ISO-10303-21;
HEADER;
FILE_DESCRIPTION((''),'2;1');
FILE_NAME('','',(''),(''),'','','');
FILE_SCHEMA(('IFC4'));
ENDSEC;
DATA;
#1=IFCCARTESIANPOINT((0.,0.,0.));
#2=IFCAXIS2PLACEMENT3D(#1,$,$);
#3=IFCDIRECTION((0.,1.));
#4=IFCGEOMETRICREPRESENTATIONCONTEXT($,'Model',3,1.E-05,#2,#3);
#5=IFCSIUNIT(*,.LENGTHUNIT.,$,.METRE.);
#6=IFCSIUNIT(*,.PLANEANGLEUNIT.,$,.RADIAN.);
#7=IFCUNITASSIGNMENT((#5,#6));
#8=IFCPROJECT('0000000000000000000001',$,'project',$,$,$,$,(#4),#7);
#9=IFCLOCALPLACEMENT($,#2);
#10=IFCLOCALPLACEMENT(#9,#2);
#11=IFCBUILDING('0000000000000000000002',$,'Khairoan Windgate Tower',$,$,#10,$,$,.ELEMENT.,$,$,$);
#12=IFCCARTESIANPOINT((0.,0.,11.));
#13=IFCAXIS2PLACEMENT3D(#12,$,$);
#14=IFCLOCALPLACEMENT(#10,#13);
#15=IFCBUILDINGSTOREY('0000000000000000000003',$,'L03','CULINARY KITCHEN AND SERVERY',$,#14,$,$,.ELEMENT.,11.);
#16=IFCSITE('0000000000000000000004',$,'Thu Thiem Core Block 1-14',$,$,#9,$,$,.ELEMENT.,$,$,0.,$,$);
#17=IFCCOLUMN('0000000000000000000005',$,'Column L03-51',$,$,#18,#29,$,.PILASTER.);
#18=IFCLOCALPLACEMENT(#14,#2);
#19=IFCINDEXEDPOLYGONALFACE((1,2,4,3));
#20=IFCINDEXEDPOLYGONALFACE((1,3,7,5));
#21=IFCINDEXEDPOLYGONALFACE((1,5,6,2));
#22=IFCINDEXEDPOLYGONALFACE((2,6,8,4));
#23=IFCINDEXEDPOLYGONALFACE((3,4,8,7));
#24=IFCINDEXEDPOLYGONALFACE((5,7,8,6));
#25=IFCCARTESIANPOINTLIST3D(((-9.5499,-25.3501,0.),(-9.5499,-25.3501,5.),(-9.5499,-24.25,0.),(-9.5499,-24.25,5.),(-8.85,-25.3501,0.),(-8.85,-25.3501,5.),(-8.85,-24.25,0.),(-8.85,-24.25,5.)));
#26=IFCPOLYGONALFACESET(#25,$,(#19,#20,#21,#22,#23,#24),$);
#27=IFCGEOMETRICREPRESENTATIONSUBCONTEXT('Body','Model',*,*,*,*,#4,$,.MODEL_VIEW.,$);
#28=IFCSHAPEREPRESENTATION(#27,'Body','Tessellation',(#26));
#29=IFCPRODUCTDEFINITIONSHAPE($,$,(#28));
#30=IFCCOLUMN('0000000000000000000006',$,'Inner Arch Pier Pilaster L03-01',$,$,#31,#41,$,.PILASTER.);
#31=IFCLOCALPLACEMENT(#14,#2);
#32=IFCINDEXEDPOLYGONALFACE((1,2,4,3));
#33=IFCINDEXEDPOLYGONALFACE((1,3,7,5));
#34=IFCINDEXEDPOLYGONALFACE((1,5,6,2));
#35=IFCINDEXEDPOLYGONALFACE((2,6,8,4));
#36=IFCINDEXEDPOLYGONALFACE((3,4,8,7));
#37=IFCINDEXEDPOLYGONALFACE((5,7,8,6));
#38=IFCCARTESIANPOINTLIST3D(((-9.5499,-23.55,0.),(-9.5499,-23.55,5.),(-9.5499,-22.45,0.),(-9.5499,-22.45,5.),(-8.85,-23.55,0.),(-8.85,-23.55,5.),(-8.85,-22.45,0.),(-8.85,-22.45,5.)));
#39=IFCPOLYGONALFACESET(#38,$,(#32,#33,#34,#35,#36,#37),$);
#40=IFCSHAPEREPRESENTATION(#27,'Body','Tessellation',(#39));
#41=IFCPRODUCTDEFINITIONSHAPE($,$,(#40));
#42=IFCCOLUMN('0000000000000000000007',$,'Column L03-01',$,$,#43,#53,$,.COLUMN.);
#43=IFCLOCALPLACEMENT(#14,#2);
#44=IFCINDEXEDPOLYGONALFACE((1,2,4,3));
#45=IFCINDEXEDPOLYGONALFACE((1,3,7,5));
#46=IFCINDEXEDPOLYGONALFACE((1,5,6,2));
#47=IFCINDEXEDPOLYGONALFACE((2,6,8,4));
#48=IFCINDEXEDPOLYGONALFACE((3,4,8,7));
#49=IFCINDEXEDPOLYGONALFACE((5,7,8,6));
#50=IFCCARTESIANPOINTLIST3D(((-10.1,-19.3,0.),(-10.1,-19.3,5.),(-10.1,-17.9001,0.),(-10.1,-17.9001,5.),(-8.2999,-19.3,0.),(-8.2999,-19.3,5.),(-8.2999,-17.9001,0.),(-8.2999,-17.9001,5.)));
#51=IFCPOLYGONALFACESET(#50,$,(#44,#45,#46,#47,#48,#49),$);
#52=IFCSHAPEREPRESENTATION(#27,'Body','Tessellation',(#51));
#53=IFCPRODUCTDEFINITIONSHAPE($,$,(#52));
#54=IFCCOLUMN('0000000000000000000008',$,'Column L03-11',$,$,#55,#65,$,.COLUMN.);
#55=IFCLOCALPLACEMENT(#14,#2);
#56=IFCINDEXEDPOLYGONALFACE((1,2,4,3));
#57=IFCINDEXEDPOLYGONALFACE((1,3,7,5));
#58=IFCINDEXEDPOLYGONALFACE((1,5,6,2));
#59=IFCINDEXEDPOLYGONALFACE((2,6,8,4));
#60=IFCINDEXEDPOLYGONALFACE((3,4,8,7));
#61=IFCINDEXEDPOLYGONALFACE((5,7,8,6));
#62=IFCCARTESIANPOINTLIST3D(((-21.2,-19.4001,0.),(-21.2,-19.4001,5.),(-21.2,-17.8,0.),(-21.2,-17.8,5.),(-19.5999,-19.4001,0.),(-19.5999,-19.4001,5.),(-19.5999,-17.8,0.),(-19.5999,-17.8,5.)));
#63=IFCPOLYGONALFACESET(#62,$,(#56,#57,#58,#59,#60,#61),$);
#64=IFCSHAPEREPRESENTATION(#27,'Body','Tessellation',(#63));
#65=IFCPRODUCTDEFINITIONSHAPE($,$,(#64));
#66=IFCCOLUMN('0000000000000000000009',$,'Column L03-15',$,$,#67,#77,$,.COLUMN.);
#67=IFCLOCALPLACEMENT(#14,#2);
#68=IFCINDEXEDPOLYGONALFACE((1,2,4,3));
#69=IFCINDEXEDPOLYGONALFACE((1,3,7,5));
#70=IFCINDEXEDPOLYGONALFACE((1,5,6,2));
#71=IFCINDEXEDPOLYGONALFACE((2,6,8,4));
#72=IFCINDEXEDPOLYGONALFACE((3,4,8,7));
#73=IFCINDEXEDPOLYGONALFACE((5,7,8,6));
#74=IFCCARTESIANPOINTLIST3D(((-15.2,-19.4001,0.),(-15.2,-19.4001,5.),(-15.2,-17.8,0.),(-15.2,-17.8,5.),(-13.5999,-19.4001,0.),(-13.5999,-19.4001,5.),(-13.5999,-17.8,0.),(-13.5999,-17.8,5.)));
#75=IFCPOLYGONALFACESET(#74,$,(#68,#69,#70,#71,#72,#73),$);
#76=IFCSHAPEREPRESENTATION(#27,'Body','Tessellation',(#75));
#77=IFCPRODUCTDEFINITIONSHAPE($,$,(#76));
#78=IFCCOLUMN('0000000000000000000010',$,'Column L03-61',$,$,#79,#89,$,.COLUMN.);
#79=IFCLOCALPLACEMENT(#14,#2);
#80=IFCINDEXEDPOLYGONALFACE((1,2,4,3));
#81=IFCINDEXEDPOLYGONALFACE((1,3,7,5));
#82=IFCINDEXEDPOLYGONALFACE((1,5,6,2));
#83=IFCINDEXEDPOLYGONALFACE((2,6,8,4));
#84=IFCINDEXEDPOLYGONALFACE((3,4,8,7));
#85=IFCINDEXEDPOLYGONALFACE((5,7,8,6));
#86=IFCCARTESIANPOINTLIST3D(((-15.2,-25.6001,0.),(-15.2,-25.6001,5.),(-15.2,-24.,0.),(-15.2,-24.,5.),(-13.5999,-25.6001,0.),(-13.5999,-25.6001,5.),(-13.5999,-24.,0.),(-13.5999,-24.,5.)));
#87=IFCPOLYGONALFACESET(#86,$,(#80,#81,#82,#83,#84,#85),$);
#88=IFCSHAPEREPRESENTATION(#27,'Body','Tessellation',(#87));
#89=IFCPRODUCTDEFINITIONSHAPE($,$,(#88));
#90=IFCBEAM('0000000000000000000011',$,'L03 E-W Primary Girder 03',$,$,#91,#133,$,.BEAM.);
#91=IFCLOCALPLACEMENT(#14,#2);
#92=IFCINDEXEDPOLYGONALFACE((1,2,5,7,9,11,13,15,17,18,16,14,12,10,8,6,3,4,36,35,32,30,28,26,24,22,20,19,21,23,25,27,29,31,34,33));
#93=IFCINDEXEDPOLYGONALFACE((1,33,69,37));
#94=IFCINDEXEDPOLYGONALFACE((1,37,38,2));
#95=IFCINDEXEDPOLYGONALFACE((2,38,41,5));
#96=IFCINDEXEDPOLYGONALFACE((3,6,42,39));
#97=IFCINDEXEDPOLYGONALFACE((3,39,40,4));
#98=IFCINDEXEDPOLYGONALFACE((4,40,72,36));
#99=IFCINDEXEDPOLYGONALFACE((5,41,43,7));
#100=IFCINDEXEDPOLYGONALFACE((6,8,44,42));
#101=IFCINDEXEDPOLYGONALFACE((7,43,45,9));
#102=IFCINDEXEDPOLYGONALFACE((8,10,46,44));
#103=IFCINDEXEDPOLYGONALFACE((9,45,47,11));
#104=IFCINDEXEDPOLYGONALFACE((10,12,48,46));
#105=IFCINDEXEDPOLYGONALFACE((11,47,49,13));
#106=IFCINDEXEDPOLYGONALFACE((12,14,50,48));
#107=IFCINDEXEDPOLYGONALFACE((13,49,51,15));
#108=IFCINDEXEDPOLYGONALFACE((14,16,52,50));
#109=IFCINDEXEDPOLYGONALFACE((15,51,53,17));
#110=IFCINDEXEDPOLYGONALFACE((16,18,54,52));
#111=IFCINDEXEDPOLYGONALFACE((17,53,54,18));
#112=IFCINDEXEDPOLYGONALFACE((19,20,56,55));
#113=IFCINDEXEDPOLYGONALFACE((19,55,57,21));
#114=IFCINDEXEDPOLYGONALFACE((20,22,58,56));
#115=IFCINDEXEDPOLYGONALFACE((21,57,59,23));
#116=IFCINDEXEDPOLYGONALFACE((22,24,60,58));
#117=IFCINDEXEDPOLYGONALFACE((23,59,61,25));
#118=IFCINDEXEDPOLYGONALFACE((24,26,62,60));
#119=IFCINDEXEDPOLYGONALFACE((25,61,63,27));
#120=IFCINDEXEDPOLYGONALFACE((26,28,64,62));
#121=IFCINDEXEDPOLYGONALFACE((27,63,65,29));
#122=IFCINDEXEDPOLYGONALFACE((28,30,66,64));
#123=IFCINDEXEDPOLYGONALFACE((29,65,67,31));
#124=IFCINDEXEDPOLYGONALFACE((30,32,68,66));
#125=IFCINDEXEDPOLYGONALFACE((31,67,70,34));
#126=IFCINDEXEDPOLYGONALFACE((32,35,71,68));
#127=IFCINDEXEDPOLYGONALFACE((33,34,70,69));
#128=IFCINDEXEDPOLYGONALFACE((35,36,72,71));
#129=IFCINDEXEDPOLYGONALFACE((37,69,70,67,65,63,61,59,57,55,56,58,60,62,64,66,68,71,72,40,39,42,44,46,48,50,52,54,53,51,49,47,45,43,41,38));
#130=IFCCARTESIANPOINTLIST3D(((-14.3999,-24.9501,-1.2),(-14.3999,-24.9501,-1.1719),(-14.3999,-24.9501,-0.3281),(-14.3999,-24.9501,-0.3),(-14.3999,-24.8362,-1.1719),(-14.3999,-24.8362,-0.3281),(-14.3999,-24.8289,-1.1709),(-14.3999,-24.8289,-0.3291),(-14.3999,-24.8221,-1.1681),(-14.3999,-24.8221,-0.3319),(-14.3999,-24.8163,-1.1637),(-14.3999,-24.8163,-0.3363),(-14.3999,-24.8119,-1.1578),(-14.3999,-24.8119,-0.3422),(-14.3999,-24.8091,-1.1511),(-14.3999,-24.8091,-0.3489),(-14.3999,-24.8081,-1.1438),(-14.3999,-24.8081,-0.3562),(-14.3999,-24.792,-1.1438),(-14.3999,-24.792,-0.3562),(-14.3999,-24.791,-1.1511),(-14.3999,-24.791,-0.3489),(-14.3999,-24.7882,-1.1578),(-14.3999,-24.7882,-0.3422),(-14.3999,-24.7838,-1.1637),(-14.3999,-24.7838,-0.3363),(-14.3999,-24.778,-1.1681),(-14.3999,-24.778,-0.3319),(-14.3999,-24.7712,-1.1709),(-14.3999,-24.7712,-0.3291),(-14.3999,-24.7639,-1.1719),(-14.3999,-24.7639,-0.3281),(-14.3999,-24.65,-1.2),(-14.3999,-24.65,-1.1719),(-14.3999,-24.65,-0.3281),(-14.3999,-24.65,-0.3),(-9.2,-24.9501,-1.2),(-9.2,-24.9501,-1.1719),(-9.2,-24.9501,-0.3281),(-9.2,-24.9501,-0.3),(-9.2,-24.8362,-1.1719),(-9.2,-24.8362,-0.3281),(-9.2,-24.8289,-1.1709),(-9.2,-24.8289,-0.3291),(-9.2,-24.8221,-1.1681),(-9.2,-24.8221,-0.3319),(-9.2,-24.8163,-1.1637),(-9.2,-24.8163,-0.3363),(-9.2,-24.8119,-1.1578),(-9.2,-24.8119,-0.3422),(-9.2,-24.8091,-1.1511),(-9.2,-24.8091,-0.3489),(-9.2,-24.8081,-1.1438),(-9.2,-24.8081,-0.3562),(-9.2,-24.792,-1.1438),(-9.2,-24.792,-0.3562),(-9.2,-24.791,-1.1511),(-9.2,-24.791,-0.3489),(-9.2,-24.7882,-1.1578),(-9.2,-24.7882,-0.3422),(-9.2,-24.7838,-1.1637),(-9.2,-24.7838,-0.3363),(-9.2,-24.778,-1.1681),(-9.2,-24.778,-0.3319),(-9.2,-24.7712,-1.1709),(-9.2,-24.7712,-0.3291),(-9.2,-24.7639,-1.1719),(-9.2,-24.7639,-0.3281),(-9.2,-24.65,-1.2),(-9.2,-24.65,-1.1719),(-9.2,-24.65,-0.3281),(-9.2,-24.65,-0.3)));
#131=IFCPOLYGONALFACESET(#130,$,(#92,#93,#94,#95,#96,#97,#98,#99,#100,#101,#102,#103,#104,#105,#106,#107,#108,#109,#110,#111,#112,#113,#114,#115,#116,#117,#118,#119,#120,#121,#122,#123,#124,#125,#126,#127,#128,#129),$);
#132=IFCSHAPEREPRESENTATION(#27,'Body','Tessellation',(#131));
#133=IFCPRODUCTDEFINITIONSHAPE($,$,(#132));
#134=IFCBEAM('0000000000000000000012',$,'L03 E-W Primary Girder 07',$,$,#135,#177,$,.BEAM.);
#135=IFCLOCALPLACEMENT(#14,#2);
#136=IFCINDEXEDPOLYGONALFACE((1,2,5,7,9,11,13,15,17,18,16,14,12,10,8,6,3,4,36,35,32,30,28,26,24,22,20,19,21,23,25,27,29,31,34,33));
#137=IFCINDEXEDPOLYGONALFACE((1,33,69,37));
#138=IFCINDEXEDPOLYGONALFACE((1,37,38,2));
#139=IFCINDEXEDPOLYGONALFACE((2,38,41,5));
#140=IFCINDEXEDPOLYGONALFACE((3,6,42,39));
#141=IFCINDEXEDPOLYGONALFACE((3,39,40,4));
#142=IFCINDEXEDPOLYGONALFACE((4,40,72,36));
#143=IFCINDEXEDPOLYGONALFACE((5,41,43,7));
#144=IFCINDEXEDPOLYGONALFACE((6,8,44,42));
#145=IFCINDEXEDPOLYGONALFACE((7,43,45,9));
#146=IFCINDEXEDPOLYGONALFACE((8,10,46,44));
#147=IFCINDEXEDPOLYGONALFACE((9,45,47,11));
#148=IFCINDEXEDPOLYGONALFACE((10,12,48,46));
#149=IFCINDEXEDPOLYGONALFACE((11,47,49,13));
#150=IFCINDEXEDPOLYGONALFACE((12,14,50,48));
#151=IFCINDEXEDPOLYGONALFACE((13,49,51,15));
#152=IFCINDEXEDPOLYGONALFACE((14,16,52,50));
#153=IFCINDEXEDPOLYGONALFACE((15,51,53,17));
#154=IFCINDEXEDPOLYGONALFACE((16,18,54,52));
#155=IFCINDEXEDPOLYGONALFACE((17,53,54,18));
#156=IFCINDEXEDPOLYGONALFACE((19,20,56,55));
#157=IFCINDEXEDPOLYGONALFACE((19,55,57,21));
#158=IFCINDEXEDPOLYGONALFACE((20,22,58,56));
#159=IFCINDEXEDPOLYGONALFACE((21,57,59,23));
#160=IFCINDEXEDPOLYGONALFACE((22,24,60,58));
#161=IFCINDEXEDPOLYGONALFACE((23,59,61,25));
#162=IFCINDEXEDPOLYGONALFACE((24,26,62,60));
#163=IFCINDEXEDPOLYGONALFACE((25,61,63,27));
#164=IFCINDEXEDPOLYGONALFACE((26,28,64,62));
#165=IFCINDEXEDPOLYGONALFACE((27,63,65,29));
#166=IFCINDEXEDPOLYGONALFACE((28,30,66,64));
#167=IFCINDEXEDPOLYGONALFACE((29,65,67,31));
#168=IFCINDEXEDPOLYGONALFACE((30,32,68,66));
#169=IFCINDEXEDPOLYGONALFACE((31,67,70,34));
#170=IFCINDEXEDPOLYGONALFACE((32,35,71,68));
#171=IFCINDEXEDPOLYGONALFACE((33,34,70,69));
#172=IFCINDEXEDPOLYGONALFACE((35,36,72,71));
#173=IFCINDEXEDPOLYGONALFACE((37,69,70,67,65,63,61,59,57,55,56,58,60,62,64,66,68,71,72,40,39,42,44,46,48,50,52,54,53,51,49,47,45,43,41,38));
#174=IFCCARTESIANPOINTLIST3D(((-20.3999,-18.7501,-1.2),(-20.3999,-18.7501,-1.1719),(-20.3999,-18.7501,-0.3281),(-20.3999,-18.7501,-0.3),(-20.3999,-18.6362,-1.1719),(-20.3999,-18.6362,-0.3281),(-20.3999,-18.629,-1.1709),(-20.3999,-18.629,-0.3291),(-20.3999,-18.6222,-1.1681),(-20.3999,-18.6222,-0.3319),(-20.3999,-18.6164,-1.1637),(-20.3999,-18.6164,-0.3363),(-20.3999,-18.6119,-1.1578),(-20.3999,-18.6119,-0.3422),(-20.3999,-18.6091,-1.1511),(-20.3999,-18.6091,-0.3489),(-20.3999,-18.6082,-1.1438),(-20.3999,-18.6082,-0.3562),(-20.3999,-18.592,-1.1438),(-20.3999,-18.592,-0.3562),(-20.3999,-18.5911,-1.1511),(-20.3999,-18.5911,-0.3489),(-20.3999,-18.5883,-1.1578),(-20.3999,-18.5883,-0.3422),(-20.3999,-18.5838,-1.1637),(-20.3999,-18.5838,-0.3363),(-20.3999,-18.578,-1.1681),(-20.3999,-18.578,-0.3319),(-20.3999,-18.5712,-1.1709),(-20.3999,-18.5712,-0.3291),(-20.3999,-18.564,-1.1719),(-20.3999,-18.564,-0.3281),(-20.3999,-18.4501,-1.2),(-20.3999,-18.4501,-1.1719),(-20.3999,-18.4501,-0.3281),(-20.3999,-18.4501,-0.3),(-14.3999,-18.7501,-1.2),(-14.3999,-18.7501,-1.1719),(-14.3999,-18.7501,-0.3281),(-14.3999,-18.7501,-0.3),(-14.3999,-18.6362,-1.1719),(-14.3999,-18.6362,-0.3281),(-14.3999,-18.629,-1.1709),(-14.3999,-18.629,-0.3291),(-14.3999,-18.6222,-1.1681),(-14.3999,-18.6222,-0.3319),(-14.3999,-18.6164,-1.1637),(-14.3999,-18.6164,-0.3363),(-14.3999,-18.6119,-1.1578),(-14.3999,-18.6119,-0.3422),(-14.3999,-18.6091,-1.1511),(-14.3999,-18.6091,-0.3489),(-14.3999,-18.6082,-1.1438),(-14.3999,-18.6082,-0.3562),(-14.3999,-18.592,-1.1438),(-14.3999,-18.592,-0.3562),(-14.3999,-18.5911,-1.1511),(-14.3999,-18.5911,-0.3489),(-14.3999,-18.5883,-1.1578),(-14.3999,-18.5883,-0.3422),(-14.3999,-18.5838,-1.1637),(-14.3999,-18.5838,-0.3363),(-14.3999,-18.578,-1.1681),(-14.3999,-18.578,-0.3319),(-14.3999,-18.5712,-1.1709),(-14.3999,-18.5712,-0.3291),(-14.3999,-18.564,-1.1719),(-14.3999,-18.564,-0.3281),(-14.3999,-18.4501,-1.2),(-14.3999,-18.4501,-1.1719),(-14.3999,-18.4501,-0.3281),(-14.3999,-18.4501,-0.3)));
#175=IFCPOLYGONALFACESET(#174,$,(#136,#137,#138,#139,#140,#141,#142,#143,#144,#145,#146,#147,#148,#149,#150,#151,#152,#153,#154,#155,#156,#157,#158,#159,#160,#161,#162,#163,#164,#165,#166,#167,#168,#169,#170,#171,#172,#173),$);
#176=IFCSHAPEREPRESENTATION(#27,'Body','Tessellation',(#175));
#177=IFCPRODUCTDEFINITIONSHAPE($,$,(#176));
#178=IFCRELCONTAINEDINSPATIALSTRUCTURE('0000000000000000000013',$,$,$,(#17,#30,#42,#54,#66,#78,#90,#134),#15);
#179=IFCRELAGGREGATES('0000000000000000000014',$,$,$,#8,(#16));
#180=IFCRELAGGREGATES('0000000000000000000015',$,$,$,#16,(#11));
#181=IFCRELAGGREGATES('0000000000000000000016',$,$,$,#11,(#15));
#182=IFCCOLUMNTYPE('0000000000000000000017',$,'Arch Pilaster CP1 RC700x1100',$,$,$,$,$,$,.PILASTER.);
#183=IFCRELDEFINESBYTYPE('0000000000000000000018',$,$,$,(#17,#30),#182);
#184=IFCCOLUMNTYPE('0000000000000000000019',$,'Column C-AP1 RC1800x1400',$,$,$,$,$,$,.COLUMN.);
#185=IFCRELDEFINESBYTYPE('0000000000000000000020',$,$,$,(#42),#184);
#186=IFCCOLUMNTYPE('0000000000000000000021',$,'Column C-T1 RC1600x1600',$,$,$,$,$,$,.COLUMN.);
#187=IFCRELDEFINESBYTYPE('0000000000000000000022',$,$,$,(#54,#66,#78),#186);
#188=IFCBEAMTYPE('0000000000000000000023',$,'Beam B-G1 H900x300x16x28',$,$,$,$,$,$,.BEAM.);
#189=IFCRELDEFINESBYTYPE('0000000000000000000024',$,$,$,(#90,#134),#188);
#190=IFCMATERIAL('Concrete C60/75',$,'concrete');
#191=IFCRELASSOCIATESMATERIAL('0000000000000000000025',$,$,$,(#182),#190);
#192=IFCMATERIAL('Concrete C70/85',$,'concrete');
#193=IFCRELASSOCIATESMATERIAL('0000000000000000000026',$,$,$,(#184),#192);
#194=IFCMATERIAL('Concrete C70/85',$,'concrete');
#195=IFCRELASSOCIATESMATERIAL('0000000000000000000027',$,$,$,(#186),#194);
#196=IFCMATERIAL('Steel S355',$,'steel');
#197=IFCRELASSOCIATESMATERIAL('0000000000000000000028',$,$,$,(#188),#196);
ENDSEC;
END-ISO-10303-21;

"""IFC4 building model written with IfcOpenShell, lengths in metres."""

from ifc_helpers import new_model, si_unit, direction, frame, origin, origin_2d, place, context, subcontext, project, spatial, rectangle, i_section, extrude, material, material_profile, profile_set, type_object, element, save


model = new_model("IFC4")

# Units and contexts
model_context = context("Model", 3, precision=1e-05, world=origin(), true_north=direction((0.0, 1.0)))
body_context = subcontext(model_context, "Body", "Model", "MODEL_VIEW")
ifc_project = project(units=[si_unit("LENGTHUNIT", "METRE"), si_unit("PLANEANGLEUNIT", "RADIAN")], contexts=[model_context])

# Site, building, storey
site_placement = place(None, origin())
site = spatial("IfcSite", under=ifc_project, at=site_placement, Name="Thu Thiem Core Block 1-14", CompositionType="ELEMENT", RefElevation=0.0)
building_placement = place(site_placement, origin())
building = spatial("IfcBuilding", under=site, at=building_placement, Name="Khairoan Windgate Tower", CompositionType="ELEMENT")
storey_placement = place(building_placement, frame((0.0, 0.0, 11.0)))
storey = spatial("IfcBuildingStorey", under=building, at=storey_placement, Name="L03", Description="CULINARY KITCHEN AND SERVERY", CompositionType="ELEMENT", Elevation=11.0)

# Columns
ifc_material_1 = material(Name="Concrete C60/75", Category="concrete")
ifc_material_profile_1 = material_profile(ifc_material_1, rectangle(XDim=0.7, YDim=1.1001, at=origin_2d()))
ifc_profile_set_1 = profile_set([ifc_material_profile_1], Name="Concrete C60/75")
column_type_1 = type_object("IfcColumnType", Name="Arch Pilaster CP1 RC700x1100", PredefinedType="PILASTER", material=ifc_profile_set_1)
for number, where, z_axis, x_axis, name in (
    (1, (-9.2, -24.8, 0.0), (0.0, 0.0, 1.0), (1.0, 0.0, 0.0), "Column L03-51"),
    (2, (-9.2, -23.0, 0.0), (0.0, 0.0, 1.0), (1.0, 0.0, 0.0), "Inner Arch Pier Pilaster L03-01"),
):
    element("IfcColumn", number, at=place(storey_placement, frame(where, z_axis=z_axis, x_axis=x_axis)), inside=storey, type_object=column_type_1, Name=name, PredefinedType="PILASTER", context=body_context, shape_type="SweptSolid", body=[
        extrude(rectangle(XDim=0.7, YDim=1.1001, at=origin_2d()), origin(), (0.0, 0.0, 1.0), 5.0),
    ])
ifc_material_2 = material(Name="Concrete C70/85", Category="concrete")
ifc_material_profile_2 = material_profile(ifc_material_2, rectangle(XDim=1.8, YDim=1.3999, at=origin_2d()))
ifc_profile_set_2 = profile_set([ifc_material_profile_2], Name="Concrete C70/85")
column_type_2 = type_object("IfcColumnType", Name="Column C-AP1 RC1800x1400", PredefinedType="COLUMN", material=ifc_profile_set_2)
column_placement = place(storey_placement, frame((-9.2, -18.6001, 0.0), z_axis=(0.0, 0.0, 1.0), x_axis=(1.0, 0.0, 0.0)))
element("IfcColumn", 3, at=column_placement, inside=storey, type_object=column_type_2, Name="Column L03-01", PredefinedType="COLUMN", context=body_context, shape_type="SweptSolid", body=[
    extrude(rectangle(XDim=1.8, YDim=1.3999, at=origin_2d()), origin(), (0.0, 0.0, 1.0), 5.0),
])
ifc_material_3 = material(Name="Concrete C70/85", Category="concrete")
ifc_material_profile_3 = material_profile(ifc_material_3, rectangle(XDim=1.6001, YDim=1.6001, at=origin_2d()))
ifc_profile_set_3 = profile_set([ifc_material_profile_3], Name="Concrete C70/85")
column_type_3 = type_object("IfcColumnType", Name="Column C-T1 RC1600x1600", PredefinedType="COLUMN", material=ifc_profile_set_3)
for number, where, z_axis, x_axis, name in (
    (4, (-20.3999, -18.6001, 0.0), (0.0, 0.0, 1.0), (1.0, 0.0, 0.0), "Column L03-11"),
    (5, (-14.3999, -18.6001, 0.0), (0.0, 0.0, 1.0), (1.0, 0.0, 0.0), "Column L03-15"),
    (6, (-14.3999, -24.8, 0.0), (0.0, 0.0, 1.0), (1.0, 0.0, 0.0), "Column L03-61"),
):
    element("IfcColumn", number, at=place(storey_placement, frame(where, z_axis=z_axis, x_axis=x_axis)), inside=storey, type_object=column_type_3, Name=name, PredefinedType="COLUMN", context=body_context, shape_type="SweptSolid", body=[
        extrude(rectangle(XDim=1.6001, YDim=1.6001, at=origin_2d()), origin(), (0.0, 0.0, 1.0), 5.0),
    ])

# Beams
ifc_material_4 = material(Name="Steel S355", Category="steel")
ifc_material_profile_4 = material_profile(ifc_material_4, i_section(OverallWidth=0.3, OverallDepth=0.8999, WebThickness=0.0161, FlangeThickness=0.0281, FilletRadius=0.0281, at=origin_2d()))
ifc_profile_set_4 = profile_set([ifc_material_profile_4], Name="Steel S355")
beam_type_1 = type_object("IfcBeamType", Name="Beam B-G1 H900x300x16x28", PredefinedType="BEAM", material=ifc_profile_set_4)
beam_1_placement = place(storey_placement, frame((-14.3999, -24.8, -0.75), z_axis=(1.0, 0.0, 0.0), x_axis=(0.0, 1.0, 0.0)))
element("IfcBeam", 7, at=beam_1_placement, inside=storey, type_object=beam_type_1, Name="L03 E-W Primary Girder 03", PredefinedType="BEAM", context=body_context, shape_type="SweptSolid", body=[
    extrude(i_section(OverallWidth=0.3, OverallDepth=0.8999, WebThickness=0.0161, FlangeThickness=0.0281, FilletRadius=0.0281, at=origin_2d()), origin(), (0.0, 0.0, 1.0), 5.2),
])
beam_2_placement = place(storey_placement, frame((-20.3999, -18.6001, -0.75), z_axis=(1.0, 0.0, 0.0), x_axis=(0.0, 1.0, 0.0)))
element("IfcBeam", 8, at=beam_2_placement, inside=storey, type_object=beam_type_1, Name="L03 E-W Primary Girder 07", PredefinedType="BEAM", context=body_context, shape_type="SweptSolid", body=[
    extrude(i_section(OverallWidth=0.3, OverallDepth=0.8999, WebThickness=0.0161, FlangeThickness=0.0281, FilletRadius=0.0281, at=origin_2d()), origin(), (0.0, 0.0, 1.0), 6.0),
])

save(model, "model.ifc")
